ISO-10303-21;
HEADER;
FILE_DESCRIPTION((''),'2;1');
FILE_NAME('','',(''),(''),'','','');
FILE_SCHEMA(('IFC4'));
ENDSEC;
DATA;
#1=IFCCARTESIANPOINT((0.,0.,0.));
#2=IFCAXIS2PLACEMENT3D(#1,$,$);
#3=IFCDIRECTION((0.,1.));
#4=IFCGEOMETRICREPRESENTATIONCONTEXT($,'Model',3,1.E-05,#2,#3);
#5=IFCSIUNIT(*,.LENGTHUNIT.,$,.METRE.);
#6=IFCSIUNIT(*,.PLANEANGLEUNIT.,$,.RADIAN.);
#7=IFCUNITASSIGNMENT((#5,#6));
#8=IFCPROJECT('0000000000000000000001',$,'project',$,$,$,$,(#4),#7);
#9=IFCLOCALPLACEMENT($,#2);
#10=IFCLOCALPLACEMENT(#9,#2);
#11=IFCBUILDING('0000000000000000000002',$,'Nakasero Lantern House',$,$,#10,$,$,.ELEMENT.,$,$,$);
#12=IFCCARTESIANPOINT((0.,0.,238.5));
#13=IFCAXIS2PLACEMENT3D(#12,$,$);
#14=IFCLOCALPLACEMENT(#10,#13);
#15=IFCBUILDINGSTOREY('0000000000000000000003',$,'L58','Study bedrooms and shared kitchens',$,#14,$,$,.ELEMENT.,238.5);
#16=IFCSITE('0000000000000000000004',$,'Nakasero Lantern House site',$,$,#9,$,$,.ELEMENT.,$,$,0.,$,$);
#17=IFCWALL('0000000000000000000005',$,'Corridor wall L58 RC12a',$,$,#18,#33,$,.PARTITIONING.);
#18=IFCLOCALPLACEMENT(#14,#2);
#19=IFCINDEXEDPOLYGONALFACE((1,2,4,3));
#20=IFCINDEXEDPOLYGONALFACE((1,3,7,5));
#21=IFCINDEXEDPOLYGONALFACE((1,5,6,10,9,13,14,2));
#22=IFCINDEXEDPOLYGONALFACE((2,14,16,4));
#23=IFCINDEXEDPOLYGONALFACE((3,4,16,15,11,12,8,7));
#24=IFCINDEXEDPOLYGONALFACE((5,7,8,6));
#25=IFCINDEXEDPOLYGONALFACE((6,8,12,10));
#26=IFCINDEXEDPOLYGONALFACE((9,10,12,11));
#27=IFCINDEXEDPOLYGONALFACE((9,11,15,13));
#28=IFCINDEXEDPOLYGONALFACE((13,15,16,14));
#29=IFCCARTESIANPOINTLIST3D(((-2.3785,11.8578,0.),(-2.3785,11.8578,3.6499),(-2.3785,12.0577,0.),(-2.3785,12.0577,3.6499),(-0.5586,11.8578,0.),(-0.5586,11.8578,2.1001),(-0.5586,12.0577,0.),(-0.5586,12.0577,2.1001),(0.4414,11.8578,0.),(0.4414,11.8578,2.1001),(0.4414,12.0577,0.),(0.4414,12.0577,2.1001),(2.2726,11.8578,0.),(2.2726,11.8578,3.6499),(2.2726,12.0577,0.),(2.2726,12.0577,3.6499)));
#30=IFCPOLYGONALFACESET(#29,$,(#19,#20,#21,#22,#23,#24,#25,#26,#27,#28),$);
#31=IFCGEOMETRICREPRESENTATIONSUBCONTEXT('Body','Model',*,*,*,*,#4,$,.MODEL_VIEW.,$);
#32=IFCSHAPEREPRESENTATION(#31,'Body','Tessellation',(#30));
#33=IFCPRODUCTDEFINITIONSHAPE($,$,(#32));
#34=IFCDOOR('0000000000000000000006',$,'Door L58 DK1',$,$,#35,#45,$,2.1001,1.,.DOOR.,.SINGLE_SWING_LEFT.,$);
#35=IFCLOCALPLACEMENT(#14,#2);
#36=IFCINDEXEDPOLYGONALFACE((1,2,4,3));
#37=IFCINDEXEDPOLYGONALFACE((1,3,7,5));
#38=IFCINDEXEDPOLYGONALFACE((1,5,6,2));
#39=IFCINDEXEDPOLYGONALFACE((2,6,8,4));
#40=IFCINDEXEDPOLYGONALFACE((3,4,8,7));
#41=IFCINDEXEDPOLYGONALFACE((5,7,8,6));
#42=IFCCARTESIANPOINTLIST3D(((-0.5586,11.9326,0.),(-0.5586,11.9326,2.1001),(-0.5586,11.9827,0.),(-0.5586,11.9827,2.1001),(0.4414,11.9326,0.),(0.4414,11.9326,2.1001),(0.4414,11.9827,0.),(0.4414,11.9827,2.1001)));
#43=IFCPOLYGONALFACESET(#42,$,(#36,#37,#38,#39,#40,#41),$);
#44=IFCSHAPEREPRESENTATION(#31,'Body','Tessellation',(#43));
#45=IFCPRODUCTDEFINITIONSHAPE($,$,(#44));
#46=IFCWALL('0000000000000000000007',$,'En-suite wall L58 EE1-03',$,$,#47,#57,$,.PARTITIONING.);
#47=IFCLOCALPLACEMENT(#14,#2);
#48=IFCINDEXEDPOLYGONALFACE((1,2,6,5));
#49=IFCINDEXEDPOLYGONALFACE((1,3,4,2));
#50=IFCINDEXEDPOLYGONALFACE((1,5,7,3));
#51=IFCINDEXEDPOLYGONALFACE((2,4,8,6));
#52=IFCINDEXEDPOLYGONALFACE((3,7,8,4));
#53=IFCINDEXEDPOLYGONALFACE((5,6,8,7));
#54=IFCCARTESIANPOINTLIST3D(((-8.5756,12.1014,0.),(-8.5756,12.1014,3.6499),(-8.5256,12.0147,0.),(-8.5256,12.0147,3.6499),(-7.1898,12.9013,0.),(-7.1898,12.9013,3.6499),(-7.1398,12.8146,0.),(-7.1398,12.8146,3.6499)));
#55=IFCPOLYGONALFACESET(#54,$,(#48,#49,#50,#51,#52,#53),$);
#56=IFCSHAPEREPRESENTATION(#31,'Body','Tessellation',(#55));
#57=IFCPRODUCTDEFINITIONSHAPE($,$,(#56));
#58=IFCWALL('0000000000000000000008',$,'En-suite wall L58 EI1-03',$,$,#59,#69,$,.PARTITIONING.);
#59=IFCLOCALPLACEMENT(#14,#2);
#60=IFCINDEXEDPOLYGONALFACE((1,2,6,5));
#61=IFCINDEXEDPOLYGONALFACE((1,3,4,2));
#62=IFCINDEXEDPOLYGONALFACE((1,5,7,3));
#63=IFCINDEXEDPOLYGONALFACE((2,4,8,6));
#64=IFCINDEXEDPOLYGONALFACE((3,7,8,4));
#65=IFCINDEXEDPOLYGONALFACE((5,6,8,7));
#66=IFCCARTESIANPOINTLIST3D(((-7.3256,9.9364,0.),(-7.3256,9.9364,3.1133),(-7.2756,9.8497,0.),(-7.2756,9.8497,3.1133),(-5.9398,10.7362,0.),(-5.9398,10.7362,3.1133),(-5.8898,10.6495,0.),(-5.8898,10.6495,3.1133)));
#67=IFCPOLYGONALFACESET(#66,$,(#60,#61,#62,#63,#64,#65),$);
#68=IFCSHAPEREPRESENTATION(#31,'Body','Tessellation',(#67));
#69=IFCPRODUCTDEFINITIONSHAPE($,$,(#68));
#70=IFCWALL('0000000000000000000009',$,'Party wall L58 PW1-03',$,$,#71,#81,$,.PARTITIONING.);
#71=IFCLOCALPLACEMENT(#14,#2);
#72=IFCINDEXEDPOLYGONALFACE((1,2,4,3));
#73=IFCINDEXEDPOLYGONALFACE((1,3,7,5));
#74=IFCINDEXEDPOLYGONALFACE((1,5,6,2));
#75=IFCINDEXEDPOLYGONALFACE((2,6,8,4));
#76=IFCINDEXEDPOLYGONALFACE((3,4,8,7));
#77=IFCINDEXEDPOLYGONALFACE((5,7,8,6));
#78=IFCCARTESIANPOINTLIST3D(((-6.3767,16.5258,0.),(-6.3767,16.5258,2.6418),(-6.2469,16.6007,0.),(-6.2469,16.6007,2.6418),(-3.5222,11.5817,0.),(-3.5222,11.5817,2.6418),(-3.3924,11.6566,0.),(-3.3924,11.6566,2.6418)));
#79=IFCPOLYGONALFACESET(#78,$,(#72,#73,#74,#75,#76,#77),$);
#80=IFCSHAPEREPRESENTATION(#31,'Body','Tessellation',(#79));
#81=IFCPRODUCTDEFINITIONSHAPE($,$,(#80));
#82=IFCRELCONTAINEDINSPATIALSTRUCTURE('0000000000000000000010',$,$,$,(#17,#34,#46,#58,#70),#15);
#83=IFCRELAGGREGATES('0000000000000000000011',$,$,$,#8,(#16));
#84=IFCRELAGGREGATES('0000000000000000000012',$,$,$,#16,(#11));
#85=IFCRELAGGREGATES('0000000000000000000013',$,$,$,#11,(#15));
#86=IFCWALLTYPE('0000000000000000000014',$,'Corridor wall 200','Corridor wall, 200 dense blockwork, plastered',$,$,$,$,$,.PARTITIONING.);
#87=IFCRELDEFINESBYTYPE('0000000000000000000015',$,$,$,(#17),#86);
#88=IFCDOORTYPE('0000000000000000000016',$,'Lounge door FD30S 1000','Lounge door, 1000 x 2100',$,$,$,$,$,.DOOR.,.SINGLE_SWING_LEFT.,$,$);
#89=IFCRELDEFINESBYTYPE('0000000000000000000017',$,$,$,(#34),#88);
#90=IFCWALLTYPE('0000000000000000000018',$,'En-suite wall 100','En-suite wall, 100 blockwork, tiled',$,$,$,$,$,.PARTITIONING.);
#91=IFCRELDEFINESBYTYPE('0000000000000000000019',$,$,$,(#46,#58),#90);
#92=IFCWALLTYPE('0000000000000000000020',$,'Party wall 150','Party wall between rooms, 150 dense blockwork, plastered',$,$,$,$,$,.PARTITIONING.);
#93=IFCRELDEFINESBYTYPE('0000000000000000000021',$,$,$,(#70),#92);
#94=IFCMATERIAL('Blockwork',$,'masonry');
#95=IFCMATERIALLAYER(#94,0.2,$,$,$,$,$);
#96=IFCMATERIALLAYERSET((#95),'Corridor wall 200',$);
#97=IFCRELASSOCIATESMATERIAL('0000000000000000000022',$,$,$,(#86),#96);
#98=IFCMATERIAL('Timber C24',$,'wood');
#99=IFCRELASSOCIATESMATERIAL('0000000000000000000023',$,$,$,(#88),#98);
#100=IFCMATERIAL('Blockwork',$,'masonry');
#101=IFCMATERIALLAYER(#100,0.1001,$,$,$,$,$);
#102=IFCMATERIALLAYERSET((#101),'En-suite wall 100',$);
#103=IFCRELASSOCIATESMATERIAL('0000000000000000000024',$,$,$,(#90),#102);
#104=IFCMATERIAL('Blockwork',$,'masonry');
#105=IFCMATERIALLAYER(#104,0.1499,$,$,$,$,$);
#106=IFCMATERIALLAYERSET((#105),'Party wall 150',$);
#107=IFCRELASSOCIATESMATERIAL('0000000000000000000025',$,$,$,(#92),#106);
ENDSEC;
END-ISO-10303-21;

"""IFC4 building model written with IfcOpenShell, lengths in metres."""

from ifc_helpers import new_model, si_unit, direction, frame, frame_2d, origin, place, context, subcontext, project, spatial, rectangle, extrude, material, layer, layer_set, type_object, element, fill, save


model = new_model("IFC4")

# Units and contexts
model_context = context("Model", 3, precision=1e-05, world=origin(), true_north=direction((0.0, 1.0)))
body_context = subcontext(model_context, "Body", "Model", "MODEL_VIEW")
ifc_project = project(units=[si_unit("LENGTHUNIT", "METRE"), si_unit("PLANEANGLEUNIT", "RADIAN")], contexts=[model_context])

# Site, building, storey
site_placement = place(None, origin())
site = spatial("IfcSite", under=ifc_project, at=site_placement, Name="Nakasero Lantern House site", CompositionType="ELEMENT", RefElevation=0.0)
building_placement = place(site_placement, origin())
building = spatial("IfcBuilding", under=site, at=building_placement, Name="Nakasero Lantern House", CompositionType="ELEMENT")
storey_placement = place(building_placement, frame((0.0, 0.0, 238.5)))
storey = spatial("IfcBuildingStorey", under=building, at=storey_placement, Name="L58", Description="Study bedrooms and shared kitchens", CompositionType="ELEMENT", Elevation=238.5)

# Wall, opening, door
ifc_material_1 = material(Name="Blockwork", Category="masonry")
ifc_layer_1 = layer(ifc_material_1, 0.2)
ifc_layer_set_1 = layer_set([ifc_layer_1], Name="Corridor wall 200")
wall_type_1 = type_object("IfcWallType", Name="Corridor wall 200", Description="Corridor wall, 200 dense blockwork, plastered", PredefinedType="PARTITIONING", material=ifc_layer_set_1)
wall_1_placement = place(storey_placement, frame((-2.3787, 11.9578, 0.0), z_axis=(0.0, 0.0, 1.0), x_axis=(1.0, 0.0, 0.0)))
wall_1 = element("IfcWall", 1, at=wall_1_placement, inside=storey, type_object=wall_type_1, Name="Corridor wall L58 RC12a", PredefinedType="PARTITIONING", context=body_context, shape_type="SweptSolid", body=[
    extrude(rectangle(XDim=4.6511, YDim=0.2, at=frame_2d((2.3257, 0.0))), origin(), (0.0, 0.0, 1.0), 3.6499),
])
opening_placement = place(wall_1_placement, frame((1.8201, 0.0, 0.0)))
opening = element("IfcOpeningElement", 2, at=opening_placement, cuts=wall_1, PredefinedType="OPENING", context=body_context, shape_type="SweptSolid", body=[
    extrude(rectangle(XDim=1.0, YDim=2.1001, at=frame_2d((0.5, 1.05))), frame((0.0, 0.1199, 0.0), z_axis=(0.0, -1.0, 0.0), x_axis=(1.0, 0.0, 0.0)), (0.0, 0.0, 1.0), 0.24),
])
ifc_material_2 = material(Name="Timber C24", Category="wood")
door_type = type_object("IfcDoorType", Name="Lounge door FD30S 1000", Description="Lounge door, 1000 x 2100", OperationType="SINGLE_SWING_LEFT", PredefinedType="DOOR", material=ifc_material_2)
door_placement = place(opening_placement, origin())
door = element("IfcDoor", 3, at=door_placement, inside=storey, type_object=door_type, Name="Door L58 DK1", OperationType="SINGLE_SWING_LEFT", OverallHeight=2.1001, OverallWidth=1.0, PredefinedType="DOOR", context=body_context, shape_type="SweptSolid", body=[
    extrude(rectangle(XDim=1.0, YDim=2.1001, at=frame_2d((0.5, 1.05))), frame((0.0, 0.0249, 0.0), z_axis=(0.0, -1.0, 0.0), x_axis=(1.0, 0.0, 0.0)), (0.0, 0.0, 1.0), 0.05),
])
fill(opening, door)

# Walls
ifc_material_3 = material(Name="Blockwork", Category="masonry")
ifc_layer_2 = layer(ifc_material_3, 0.1001)
ifc_layer_set_2 = layer_set([ifc_layer_2], Name="En-suite wall 100")
wall_type_2 = type_object("IfcWallType", Name="En-suite wall 100", Description="En-suite wall, 100 blockwork, tiled", PredefinedType="PARTITIONING", material=ifc_layer_set_2)
wall_2_placement = place(storey_placement, frame((-7.1648, 12.8579, 0.0), z_axis=(0.0, 0.0, 1.0), x_axis=(-0.866094, -0.499881, 0.0)))
element("IfcWall", 4, at=wall_2_placement, inside=storey, type_object=wall_type_2, Name="En-suite wall L58 EE1-03", PredefinedType="PARTITIONING", context=body_context, shape_type="SweptSolid", body=[
    extrude(rectangle(XDim=1.6001, YDim=0.1001, at=frame_2d((0.8, 0.0))), origin(), (0.0, 0.0, 1.0), 3.6499),
])
wall_3_placement = place(storey_placement, frame((-5.9148, 10.6929, 0.0), z_axis=(0.0, 0.0, 1.0), x_axis=(-0.866094, -0.499881, 0.0)))
element("IfcWall", 5, at=wall_3_placement, inside=storey, type_object=wall_type_2, Name="En-suite wall L58 EI1-03", PredefinedType="PARTITIONING", context=body_context, shape_type="SweptSolid", body=[
    extrude(rectangle(XDim=1.6001, YDim=0.1001, at=frame_2d((0.8, 0.0))), origin(), (0.0, 0.0, 1.0), 3.1133),
])
ifc_material_4 = material(Name="Blockwork", Category="masonry")
ifc_layer_3 = layer(ifc_material_4, 0.1499)
ifc_layer_set_3 = layer_set([ifc_layer_3], Name="Party wall 150")
wall_type_3 = type_object("IfcWallType", Name="Party wall 150", Description="Party wall between rooms, 150 dense blockwork, plastered", PredefinedType="PARTITIONING", material=ifc_layer_set_3)
wall_4_placement = place(storey_placement, frame((-3.4573, 11.6191, 0.0), z_axis=(0.0, 0.0, 1.0), x_axis=(-0.500003, 0.866024, 0.0)))
element("IfcWall", 6, at=wall_4_placement, inside=storey, type_object=wall_type_3, Name="Party wall L58 PW1-03", PredefinedType="PARTITIONING", context=body_context, shape_type="SweptSolid", body=[
    extrude(rectangle(XDim=5.709, YDim=0.1499, at=frame_2d((2.8545, 0.0))), origin(), (0.0, 0.0, 1.0), 2.6418),
])

save(model, "model.ifc")
